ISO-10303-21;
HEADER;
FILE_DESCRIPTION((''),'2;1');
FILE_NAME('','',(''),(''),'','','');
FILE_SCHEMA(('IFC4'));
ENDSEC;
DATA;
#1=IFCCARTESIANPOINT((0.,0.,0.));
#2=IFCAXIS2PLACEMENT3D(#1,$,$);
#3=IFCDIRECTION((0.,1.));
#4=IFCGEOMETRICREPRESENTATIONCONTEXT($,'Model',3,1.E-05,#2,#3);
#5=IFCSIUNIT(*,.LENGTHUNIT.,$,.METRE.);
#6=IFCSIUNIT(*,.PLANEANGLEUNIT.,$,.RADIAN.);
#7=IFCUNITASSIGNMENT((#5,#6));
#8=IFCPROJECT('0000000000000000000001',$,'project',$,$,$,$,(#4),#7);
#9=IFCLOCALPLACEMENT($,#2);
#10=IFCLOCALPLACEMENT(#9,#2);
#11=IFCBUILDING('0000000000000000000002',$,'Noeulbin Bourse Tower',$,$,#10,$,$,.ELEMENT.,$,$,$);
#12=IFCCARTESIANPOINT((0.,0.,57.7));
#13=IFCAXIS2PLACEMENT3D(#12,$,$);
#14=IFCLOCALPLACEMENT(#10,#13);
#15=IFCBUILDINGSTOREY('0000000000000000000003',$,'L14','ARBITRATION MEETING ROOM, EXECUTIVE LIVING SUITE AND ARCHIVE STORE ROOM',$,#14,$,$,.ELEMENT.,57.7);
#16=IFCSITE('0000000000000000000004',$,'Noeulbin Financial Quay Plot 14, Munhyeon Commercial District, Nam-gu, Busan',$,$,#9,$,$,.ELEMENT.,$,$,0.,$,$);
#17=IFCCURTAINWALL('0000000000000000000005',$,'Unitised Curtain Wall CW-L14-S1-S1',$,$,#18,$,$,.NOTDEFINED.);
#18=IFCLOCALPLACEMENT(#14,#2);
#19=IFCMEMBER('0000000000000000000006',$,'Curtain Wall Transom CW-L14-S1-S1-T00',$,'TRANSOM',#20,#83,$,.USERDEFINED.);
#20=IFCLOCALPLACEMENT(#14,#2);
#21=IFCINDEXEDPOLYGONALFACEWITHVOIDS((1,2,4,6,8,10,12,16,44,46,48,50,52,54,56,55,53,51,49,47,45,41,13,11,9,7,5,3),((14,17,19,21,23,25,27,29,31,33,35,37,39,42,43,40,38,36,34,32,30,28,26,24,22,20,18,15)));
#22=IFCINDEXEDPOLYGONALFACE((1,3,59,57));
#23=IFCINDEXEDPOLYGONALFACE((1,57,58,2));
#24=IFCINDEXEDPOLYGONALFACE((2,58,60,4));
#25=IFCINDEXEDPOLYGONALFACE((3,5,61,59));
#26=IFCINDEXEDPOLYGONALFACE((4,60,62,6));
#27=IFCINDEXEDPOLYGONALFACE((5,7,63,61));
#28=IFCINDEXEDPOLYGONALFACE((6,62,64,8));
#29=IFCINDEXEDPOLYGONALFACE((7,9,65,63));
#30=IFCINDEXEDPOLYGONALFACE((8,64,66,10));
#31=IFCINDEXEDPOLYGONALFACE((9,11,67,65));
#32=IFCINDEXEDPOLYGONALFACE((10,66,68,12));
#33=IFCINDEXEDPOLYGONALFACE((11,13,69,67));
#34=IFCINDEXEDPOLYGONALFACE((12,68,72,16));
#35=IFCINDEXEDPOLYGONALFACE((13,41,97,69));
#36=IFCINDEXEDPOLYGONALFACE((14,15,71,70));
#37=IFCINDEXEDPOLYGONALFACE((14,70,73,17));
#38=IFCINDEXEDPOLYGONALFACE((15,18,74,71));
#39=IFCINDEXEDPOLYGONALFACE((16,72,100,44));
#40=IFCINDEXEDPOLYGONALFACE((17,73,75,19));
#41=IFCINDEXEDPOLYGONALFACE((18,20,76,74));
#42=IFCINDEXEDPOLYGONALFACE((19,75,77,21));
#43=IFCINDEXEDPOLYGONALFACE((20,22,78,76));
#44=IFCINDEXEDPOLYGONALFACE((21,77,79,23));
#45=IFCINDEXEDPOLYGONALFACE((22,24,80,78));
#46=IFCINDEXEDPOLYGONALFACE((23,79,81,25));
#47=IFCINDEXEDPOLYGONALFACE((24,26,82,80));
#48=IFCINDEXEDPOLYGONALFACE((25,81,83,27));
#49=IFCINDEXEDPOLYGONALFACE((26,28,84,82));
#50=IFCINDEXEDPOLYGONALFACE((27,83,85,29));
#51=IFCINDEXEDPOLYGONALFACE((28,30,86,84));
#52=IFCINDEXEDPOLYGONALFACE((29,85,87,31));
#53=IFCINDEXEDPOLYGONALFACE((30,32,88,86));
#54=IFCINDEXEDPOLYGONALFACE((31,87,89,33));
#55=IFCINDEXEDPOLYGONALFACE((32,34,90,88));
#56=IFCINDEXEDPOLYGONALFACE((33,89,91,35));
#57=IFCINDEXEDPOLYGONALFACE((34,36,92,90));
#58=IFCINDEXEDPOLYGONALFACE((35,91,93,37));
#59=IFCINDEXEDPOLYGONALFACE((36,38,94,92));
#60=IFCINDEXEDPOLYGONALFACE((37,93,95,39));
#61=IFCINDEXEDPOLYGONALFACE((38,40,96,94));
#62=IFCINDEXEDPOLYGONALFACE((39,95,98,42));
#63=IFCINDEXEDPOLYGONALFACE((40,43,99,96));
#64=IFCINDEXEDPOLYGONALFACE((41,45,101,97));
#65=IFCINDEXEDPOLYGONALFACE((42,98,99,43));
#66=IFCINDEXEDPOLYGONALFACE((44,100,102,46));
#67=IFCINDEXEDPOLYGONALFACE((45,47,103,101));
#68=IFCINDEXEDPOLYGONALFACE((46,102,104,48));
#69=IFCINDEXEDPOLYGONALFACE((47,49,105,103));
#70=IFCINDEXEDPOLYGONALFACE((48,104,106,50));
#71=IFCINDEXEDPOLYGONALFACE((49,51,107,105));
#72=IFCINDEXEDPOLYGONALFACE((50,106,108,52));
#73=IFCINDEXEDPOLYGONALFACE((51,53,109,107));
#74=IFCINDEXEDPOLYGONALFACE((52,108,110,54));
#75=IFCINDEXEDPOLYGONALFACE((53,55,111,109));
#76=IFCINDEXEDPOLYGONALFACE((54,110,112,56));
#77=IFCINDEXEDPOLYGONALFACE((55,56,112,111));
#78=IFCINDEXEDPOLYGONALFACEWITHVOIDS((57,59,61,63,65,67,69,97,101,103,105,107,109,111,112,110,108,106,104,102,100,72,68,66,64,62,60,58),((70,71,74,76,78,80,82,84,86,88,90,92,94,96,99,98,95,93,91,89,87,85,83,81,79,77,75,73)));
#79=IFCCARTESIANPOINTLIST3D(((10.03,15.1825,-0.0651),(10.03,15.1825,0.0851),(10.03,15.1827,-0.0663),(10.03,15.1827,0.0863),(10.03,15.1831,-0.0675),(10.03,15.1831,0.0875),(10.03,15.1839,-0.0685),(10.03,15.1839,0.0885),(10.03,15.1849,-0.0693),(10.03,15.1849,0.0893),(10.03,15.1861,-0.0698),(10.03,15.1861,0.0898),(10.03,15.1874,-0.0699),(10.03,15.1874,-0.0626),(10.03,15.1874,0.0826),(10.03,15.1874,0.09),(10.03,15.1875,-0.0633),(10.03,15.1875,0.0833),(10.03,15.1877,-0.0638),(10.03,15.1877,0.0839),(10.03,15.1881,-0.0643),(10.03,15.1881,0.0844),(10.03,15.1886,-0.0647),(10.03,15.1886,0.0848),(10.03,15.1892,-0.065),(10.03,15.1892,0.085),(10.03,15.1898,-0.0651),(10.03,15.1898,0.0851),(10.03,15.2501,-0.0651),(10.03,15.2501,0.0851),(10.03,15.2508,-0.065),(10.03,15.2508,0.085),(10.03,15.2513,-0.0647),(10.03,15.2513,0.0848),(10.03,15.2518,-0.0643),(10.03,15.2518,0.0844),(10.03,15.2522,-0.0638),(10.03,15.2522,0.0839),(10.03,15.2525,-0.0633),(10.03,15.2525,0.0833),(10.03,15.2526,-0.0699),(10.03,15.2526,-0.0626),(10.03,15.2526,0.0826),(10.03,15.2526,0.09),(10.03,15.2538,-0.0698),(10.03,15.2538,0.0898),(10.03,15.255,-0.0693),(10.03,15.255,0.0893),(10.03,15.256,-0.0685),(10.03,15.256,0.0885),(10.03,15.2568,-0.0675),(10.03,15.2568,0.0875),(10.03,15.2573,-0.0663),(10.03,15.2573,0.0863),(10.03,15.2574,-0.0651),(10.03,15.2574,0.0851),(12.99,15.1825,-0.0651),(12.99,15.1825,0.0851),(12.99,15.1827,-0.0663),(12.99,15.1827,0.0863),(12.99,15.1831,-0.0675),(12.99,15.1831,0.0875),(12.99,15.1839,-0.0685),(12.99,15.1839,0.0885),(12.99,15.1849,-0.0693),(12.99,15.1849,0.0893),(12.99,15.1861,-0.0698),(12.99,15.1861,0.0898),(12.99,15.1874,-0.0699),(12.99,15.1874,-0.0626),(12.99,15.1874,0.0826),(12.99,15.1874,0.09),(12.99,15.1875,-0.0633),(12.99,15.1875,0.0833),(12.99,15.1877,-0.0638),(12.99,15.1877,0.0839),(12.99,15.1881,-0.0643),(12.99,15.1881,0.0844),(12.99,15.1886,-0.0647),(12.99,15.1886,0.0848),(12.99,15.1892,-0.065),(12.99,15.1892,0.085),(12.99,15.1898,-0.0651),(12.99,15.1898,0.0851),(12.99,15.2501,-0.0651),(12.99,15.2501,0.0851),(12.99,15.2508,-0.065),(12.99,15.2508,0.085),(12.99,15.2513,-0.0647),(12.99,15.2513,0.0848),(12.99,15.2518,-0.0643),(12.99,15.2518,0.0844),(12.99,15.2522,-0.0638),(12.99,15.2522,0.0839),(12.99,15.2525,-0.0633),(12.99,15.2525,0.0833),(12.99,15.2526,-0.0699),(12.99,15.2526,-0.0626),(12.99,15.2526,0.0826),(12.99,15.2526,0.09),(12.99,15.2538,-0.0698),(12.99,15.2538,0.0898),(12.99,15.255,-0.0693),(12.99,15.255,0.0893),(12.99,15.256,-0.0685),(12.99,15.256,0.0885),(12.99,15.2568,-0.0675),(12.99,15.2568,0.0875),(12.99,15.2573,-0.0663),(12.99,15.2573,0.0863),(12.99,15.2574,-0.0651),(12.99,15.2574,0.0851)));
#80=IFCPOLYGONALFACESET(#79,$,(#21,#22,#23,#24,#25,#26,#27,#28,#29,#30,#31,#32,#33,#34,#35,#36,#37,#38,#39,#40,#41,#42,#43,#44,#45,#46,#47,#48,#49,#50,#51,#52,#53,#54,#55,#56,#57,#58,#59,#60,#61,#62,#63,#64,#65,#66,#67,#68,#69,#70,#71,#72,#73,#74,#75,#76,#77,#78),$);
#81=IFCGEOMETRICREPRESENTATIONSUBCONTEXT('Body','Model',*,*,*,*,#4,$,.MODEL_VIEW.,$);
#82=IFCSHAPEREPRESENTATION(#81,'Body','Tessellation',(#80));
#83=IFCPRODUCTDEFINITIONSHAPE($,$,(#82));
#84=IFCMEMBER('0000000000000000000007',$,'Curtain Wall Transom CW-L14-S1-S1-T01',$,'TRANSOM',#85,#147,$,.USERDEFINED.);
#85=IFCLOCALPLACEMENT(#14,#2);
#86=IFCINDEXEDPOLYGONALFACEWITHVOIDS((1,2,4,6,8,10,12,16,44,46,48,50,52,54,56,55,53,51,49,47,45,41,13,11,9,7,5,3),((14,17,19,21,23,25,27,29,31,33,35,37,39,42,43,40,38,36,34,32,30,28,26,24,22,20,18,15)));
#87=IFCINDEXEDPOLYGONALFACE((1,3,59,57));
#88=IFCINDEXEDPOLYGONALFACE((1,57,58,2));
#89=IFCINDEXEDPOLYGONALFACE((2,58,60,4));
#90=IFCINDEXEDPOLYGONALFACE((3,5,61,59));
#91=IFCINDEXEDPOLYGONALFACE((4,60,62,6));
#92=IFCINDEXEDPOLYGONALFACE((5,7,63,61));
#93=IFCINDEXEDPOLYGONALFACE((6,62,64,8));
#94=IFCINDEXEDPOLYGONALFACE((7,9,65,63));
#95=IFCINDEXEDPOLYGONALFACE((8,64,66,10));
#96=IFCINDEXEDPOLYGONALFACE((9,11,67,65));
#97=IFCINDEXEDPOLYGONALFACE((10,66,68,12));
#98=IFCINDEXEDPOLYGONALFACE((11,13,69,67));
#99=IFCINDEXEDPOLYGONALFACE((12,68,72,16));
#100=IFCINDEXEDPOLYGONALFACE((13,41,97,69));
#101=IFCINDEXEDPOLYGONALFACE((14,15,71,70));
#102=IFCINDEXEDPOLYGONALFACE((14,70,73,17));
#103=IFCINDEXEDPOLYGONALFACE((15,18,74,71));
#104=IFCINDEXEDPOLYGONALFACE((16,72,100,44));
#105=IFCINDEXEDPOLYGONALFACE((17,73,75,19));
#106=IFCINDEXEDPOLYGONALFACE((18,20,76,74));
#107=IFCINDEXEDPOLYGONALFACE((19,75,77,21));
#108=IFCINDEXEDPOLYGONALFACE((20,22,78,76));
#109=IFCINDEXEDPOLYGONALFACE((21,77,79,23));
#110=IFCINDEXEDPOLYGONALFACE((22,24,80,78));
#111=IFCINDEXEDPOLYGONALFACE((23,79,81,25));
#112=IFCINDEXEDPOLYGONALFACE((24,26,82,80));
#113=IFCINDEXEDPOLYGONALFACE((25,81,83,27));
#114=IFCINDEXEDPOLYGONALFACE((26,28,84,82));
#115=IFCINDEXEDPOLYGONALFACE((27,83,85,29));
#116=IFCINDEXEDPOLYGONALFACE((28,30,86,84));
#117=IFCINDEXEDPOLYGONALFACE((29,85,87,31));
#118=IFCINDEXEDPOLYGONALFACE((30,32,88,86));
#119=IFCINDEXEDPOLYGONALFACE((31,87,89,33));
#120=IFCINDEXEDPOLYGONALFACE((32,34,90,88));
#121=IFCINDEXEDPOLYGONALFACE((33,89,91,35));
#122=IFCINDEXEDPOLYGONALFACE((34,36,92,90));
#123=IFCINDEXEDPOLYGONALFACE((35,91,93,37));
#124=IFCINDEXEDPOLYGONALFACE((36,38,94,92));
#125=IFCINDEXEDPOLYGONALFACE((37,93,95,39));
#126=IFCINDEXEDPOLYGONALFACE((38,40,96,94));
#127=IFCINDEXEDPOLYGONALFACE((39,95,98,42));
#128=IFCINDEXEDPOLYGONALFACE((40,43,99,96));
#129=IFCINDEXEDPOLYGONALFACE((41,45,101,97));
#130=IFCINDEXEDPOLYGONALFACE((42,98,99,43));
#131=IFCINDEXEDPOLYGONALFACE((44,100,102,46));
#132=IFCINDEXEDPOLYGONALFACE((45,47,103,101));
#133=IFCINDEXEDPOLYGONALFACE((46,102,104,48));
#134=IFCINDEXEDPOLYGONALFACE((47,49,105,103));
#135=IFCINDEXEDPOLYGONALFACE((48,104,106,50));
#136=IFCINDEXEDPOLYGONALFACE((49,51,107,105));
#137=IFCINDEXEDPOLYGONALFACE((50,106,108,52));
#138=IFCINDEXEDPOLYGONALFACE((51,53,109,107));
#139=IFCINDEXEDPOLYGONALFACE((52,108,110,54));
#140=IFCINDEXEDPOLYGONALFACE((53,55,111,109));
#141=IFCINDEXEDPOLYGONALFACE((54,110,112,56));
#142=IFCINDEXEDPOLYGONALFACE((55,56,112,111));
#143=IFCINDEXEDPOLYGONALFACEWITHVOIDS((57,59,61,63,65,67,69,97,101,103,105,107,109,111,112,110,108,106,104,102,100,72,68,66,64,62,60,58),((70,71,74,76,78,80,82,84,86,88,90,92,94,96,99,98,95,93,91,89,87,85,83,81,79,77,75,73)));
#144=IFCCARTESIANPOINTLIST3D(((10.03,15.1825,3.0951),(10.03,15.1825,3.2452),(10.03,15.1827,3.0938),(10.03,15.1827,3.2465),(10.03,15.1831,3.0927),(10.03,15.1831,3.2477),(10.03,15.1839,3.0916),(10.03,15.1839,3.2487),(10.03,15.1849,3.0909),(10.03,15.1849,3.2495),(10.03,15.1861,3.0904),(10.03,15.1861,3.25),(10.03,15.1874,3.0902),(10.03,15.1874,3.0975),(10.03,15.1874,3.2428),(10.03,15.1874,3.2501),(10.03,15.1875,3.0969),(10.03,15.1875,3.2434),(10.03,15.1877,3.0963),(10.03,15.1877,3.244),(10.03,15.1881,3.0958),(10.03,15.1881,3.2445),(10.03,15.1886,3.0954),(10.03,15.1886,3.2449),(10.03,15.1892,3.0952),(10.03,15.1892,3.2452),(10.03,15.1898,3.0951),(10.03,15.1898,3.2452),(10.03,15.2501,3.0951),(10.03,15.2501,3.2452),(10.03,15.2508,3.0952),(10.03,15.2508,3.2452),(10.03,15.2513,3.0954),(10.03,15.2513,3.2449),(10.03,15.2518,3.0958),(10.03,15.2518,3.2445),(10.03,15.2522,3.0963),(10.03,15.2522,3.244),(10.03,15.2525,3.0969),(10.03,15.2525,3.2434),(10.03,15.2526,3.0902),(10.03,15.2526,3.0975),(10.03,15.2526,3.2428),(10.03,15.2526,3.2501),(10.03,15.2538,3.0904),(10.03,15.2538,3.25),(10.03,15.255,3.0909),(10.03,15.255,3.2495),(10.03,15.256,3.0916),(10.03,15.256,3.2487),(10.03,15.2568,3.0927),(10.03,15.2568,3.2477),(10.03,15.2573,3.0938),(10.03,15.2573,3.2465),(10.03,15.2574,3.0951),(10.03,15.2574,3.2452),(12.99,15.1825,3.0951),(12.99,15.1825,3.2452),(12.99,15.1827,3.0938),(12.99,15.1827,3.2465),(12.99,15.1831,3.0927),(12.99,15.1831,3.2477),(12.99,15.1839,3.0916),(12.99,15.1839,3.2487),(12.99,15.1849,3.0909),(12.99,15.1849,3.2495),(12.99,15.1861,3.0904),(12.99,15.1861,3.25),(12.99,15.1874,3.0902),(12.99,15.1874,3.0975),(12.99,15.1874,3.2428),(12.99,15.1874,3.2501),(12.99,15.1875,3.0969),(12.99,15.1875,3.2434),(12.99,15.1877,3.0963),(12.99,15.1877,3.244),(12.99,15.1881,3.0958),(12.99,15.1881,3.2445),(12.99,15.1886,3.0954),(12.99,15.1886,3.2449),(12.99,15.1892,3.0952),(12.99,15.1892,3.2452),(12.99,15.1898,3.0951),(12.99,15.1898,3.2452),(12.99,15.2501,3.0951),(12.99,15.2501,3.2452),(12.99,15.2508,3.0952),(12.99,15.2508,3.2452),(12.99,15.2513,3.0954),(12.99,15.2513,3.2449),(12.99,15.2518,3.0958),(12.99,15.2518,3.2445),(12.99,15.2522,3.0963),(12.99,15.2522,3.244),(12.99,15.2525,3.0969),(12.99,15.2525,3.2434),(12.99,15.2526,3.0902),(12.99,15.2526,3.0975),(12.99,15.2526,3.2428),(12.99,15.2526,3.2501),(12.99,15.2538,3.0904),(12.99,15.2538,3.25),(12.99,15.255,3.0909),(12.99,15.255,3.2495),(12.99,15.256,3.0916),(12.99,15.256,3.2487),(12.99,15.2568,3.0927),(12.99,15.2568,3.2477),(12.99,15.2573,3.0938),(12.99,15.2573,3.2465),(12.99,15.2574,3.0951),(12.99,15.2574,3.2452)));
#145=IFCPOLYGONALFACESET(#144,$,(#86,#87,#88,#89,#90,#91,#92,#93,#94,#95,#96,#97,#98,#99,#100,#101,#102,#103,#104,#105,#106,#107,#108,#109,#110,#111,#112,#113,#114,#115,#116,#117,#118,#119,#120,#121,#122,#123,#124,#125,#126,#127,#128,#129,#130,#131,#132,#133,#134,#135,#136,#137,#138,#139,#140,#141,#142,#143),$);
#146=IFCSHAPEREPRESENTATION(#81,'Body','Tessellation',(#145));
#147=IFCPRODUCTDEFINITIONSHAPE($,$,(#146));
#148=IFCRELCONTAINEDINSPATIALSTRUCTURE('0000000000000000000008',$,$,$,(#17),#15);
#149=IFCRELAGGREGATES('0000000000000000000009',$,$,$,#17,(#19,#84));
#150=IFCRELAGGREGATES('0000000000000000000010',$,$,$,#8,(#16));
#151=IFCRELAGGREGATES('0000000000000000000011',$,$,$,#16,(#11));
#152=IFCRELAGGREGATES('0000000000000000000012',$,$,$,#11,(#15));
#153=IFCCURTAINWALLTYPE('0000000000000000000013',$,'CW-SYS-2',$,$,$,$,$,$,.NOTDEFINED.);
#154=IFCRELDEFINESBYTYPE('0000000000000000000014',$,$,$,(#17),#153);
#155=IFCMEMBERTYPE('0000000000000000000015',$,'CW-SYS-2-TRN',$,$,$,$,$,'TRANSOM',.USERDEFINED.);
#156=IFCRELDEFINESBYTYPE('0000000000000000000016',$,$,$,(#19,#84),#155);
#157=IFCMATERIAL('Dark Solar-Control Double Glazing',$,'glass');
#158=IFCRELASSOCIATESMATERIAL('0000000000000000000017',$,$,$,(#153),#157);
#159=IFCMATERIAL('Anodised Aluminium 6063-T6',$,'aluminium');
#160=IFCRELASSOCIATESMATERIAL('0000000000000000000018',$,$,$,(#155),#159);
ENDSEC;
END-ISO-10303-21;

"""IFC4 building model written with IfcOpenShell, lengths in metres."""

from ifc_helpers import new_model, si_unit, direction, frame, origin, origin_2d, place, context, subcontext, project, spatial, hollow_rectangle, extrude, material, material_profile, profile_set, type_object, element, aggregate, save


model = new_model("IFC4")

# Units and contexts
model_context = context("Model", 3, precision=1e-05, world=origin(), true_north=direction((0.0, 1.0)))
body_context = subcontext(model_context, "Body", "Model", "MODEL_VIEW")
ifc_project = project(units=[si_unit("LENGTHUNIT", "METRE"), si_unit("PLANEANGLEUNIT", "RADIAN")], contexts=[model_context])

# Site, building, storey
site_placement = place(None, origin())
site = spatial("IfcSite", under=ifc_project, at=site_placement, Name="Noeulbin Financial Quay Plot 14, Munhyeon Commercial District, Nam-gu, Busan", CompositionType="ELEMENT", RefElevation=0.0)
building_placement = place(site_placement, origin())
building = spatial("IfcBuilding", under=site, at=building_placement, Name="Noeulbin Bourse Tower", CompositionType="ELEMENT")
storey_placement = place(building_placement, frame((0.0, 0.0, 57.7)))
storey = spatial("IfcBuildingStorey", under=building, at=storey_placement, Name="L14", Description="ARBITRATION MEETING ROOM, EXECUTIVE LIVING SUITE AND ARCHIVE STORE ROOM", CompositionType="ELEMENT", Elevation=57.7)

# Curtain wall
ifc_material_1 = material(Name="Dark Solar-Control Double Glazing", Category="glass")
curtain_wall_type = type_object("IfcCurtainWallType", Name="CW-SYS-2", PredefinedType="NOTDEFINED", material=ifc_material_1)
curtain_wall_1_placement = place(storey_placement, origin())
curtain_wall_1 = element("IfcCurtainWall", 1, at=curtain_wall_1_placement, inside=storey, type_object=curtain_wall_type, Name="Unitised Curtain Wall CW-L14-S1-S1", PredefinedType="NOTDEFINED")
ifc_material_2 = material(Name="Anodised Aluminium 6063-T6", Category="aluminium")

# Members
ifc_material_profile_1 = material_profile(ifc_material_2, hollow_rectangle(XDim=0.075, YDim=0.1599, WallThickness=0.0049, InnerFilletRadius=0.0024, OuterFilletRadius=0.0049, at=origin_2d()), Name="ALU-TRAN-75x160x5", Category="LoadBearing")
ifc_profile_set_1 = profile_set([ifc_material_profile_1], Name="Anodised Aluminium 6063-T6")
member_type_1 = type_object("IfcMemberType", Name="CW-SYS-2-TRN", ElementType="TRANSOM", PredefinedType="USERDEFINED", material=ifc_profile_set_1)
member_1_placement = place(storey_placement, frame((10.03, 15.22, 0.01), z_axis=(1.0, 0.0, 0.0), x_axis=(0.0, 1.0, 0.0)))
member_1 = element("IfcMember", 2, at=member_1_placement, type_object=member_type_1, Name="Curtain Wall Transom CW-L14-S1-S1-T00", ObjectType="TRANSOM", PredefinedType="USERDEFINED", context=body_context, shape_type="SweptSolid", body=[
    extrude(hollow_rectangle(XDim=0.075, YDim=0.1599, WallThickness=0.0049, InnerFilletRadius=0.0024, OuterFilletRadius=0.0049, at=origin_2d()), origin(), (0.0, 0.0, 1.0), 2.96),
])
member_2_placement = place(storey_placement, frame((10.03, 15.22, 3.1702), z_axis=(1.0, 0.0, 0.0), x_axis=(0.0, 1.0, 0.0)))
member_2 = element("IfcMember", 3, at=member_2_placement, type_object=member_type_1, Name="Curtain Wall Transom CW-L14-S1-S1-T01", ObjectType="TRANSOM", PredefinedType="USERDEFINED", context=body_context, shape_type="SweptSolid", body=[
    extrude(hollow_rectangle(XDim=0.075, YDim=0.1599, WallThickness=0.0049, InnerFilletRadius=0.0024, OuterFilletRadius=0.0049, at=origin_2d()), origin(), (0.0, 0.0, 1.0), 2.96),
])

aggregate(curtain_wall_1, [member_1, member_2])

save(model, "model.ifc")
